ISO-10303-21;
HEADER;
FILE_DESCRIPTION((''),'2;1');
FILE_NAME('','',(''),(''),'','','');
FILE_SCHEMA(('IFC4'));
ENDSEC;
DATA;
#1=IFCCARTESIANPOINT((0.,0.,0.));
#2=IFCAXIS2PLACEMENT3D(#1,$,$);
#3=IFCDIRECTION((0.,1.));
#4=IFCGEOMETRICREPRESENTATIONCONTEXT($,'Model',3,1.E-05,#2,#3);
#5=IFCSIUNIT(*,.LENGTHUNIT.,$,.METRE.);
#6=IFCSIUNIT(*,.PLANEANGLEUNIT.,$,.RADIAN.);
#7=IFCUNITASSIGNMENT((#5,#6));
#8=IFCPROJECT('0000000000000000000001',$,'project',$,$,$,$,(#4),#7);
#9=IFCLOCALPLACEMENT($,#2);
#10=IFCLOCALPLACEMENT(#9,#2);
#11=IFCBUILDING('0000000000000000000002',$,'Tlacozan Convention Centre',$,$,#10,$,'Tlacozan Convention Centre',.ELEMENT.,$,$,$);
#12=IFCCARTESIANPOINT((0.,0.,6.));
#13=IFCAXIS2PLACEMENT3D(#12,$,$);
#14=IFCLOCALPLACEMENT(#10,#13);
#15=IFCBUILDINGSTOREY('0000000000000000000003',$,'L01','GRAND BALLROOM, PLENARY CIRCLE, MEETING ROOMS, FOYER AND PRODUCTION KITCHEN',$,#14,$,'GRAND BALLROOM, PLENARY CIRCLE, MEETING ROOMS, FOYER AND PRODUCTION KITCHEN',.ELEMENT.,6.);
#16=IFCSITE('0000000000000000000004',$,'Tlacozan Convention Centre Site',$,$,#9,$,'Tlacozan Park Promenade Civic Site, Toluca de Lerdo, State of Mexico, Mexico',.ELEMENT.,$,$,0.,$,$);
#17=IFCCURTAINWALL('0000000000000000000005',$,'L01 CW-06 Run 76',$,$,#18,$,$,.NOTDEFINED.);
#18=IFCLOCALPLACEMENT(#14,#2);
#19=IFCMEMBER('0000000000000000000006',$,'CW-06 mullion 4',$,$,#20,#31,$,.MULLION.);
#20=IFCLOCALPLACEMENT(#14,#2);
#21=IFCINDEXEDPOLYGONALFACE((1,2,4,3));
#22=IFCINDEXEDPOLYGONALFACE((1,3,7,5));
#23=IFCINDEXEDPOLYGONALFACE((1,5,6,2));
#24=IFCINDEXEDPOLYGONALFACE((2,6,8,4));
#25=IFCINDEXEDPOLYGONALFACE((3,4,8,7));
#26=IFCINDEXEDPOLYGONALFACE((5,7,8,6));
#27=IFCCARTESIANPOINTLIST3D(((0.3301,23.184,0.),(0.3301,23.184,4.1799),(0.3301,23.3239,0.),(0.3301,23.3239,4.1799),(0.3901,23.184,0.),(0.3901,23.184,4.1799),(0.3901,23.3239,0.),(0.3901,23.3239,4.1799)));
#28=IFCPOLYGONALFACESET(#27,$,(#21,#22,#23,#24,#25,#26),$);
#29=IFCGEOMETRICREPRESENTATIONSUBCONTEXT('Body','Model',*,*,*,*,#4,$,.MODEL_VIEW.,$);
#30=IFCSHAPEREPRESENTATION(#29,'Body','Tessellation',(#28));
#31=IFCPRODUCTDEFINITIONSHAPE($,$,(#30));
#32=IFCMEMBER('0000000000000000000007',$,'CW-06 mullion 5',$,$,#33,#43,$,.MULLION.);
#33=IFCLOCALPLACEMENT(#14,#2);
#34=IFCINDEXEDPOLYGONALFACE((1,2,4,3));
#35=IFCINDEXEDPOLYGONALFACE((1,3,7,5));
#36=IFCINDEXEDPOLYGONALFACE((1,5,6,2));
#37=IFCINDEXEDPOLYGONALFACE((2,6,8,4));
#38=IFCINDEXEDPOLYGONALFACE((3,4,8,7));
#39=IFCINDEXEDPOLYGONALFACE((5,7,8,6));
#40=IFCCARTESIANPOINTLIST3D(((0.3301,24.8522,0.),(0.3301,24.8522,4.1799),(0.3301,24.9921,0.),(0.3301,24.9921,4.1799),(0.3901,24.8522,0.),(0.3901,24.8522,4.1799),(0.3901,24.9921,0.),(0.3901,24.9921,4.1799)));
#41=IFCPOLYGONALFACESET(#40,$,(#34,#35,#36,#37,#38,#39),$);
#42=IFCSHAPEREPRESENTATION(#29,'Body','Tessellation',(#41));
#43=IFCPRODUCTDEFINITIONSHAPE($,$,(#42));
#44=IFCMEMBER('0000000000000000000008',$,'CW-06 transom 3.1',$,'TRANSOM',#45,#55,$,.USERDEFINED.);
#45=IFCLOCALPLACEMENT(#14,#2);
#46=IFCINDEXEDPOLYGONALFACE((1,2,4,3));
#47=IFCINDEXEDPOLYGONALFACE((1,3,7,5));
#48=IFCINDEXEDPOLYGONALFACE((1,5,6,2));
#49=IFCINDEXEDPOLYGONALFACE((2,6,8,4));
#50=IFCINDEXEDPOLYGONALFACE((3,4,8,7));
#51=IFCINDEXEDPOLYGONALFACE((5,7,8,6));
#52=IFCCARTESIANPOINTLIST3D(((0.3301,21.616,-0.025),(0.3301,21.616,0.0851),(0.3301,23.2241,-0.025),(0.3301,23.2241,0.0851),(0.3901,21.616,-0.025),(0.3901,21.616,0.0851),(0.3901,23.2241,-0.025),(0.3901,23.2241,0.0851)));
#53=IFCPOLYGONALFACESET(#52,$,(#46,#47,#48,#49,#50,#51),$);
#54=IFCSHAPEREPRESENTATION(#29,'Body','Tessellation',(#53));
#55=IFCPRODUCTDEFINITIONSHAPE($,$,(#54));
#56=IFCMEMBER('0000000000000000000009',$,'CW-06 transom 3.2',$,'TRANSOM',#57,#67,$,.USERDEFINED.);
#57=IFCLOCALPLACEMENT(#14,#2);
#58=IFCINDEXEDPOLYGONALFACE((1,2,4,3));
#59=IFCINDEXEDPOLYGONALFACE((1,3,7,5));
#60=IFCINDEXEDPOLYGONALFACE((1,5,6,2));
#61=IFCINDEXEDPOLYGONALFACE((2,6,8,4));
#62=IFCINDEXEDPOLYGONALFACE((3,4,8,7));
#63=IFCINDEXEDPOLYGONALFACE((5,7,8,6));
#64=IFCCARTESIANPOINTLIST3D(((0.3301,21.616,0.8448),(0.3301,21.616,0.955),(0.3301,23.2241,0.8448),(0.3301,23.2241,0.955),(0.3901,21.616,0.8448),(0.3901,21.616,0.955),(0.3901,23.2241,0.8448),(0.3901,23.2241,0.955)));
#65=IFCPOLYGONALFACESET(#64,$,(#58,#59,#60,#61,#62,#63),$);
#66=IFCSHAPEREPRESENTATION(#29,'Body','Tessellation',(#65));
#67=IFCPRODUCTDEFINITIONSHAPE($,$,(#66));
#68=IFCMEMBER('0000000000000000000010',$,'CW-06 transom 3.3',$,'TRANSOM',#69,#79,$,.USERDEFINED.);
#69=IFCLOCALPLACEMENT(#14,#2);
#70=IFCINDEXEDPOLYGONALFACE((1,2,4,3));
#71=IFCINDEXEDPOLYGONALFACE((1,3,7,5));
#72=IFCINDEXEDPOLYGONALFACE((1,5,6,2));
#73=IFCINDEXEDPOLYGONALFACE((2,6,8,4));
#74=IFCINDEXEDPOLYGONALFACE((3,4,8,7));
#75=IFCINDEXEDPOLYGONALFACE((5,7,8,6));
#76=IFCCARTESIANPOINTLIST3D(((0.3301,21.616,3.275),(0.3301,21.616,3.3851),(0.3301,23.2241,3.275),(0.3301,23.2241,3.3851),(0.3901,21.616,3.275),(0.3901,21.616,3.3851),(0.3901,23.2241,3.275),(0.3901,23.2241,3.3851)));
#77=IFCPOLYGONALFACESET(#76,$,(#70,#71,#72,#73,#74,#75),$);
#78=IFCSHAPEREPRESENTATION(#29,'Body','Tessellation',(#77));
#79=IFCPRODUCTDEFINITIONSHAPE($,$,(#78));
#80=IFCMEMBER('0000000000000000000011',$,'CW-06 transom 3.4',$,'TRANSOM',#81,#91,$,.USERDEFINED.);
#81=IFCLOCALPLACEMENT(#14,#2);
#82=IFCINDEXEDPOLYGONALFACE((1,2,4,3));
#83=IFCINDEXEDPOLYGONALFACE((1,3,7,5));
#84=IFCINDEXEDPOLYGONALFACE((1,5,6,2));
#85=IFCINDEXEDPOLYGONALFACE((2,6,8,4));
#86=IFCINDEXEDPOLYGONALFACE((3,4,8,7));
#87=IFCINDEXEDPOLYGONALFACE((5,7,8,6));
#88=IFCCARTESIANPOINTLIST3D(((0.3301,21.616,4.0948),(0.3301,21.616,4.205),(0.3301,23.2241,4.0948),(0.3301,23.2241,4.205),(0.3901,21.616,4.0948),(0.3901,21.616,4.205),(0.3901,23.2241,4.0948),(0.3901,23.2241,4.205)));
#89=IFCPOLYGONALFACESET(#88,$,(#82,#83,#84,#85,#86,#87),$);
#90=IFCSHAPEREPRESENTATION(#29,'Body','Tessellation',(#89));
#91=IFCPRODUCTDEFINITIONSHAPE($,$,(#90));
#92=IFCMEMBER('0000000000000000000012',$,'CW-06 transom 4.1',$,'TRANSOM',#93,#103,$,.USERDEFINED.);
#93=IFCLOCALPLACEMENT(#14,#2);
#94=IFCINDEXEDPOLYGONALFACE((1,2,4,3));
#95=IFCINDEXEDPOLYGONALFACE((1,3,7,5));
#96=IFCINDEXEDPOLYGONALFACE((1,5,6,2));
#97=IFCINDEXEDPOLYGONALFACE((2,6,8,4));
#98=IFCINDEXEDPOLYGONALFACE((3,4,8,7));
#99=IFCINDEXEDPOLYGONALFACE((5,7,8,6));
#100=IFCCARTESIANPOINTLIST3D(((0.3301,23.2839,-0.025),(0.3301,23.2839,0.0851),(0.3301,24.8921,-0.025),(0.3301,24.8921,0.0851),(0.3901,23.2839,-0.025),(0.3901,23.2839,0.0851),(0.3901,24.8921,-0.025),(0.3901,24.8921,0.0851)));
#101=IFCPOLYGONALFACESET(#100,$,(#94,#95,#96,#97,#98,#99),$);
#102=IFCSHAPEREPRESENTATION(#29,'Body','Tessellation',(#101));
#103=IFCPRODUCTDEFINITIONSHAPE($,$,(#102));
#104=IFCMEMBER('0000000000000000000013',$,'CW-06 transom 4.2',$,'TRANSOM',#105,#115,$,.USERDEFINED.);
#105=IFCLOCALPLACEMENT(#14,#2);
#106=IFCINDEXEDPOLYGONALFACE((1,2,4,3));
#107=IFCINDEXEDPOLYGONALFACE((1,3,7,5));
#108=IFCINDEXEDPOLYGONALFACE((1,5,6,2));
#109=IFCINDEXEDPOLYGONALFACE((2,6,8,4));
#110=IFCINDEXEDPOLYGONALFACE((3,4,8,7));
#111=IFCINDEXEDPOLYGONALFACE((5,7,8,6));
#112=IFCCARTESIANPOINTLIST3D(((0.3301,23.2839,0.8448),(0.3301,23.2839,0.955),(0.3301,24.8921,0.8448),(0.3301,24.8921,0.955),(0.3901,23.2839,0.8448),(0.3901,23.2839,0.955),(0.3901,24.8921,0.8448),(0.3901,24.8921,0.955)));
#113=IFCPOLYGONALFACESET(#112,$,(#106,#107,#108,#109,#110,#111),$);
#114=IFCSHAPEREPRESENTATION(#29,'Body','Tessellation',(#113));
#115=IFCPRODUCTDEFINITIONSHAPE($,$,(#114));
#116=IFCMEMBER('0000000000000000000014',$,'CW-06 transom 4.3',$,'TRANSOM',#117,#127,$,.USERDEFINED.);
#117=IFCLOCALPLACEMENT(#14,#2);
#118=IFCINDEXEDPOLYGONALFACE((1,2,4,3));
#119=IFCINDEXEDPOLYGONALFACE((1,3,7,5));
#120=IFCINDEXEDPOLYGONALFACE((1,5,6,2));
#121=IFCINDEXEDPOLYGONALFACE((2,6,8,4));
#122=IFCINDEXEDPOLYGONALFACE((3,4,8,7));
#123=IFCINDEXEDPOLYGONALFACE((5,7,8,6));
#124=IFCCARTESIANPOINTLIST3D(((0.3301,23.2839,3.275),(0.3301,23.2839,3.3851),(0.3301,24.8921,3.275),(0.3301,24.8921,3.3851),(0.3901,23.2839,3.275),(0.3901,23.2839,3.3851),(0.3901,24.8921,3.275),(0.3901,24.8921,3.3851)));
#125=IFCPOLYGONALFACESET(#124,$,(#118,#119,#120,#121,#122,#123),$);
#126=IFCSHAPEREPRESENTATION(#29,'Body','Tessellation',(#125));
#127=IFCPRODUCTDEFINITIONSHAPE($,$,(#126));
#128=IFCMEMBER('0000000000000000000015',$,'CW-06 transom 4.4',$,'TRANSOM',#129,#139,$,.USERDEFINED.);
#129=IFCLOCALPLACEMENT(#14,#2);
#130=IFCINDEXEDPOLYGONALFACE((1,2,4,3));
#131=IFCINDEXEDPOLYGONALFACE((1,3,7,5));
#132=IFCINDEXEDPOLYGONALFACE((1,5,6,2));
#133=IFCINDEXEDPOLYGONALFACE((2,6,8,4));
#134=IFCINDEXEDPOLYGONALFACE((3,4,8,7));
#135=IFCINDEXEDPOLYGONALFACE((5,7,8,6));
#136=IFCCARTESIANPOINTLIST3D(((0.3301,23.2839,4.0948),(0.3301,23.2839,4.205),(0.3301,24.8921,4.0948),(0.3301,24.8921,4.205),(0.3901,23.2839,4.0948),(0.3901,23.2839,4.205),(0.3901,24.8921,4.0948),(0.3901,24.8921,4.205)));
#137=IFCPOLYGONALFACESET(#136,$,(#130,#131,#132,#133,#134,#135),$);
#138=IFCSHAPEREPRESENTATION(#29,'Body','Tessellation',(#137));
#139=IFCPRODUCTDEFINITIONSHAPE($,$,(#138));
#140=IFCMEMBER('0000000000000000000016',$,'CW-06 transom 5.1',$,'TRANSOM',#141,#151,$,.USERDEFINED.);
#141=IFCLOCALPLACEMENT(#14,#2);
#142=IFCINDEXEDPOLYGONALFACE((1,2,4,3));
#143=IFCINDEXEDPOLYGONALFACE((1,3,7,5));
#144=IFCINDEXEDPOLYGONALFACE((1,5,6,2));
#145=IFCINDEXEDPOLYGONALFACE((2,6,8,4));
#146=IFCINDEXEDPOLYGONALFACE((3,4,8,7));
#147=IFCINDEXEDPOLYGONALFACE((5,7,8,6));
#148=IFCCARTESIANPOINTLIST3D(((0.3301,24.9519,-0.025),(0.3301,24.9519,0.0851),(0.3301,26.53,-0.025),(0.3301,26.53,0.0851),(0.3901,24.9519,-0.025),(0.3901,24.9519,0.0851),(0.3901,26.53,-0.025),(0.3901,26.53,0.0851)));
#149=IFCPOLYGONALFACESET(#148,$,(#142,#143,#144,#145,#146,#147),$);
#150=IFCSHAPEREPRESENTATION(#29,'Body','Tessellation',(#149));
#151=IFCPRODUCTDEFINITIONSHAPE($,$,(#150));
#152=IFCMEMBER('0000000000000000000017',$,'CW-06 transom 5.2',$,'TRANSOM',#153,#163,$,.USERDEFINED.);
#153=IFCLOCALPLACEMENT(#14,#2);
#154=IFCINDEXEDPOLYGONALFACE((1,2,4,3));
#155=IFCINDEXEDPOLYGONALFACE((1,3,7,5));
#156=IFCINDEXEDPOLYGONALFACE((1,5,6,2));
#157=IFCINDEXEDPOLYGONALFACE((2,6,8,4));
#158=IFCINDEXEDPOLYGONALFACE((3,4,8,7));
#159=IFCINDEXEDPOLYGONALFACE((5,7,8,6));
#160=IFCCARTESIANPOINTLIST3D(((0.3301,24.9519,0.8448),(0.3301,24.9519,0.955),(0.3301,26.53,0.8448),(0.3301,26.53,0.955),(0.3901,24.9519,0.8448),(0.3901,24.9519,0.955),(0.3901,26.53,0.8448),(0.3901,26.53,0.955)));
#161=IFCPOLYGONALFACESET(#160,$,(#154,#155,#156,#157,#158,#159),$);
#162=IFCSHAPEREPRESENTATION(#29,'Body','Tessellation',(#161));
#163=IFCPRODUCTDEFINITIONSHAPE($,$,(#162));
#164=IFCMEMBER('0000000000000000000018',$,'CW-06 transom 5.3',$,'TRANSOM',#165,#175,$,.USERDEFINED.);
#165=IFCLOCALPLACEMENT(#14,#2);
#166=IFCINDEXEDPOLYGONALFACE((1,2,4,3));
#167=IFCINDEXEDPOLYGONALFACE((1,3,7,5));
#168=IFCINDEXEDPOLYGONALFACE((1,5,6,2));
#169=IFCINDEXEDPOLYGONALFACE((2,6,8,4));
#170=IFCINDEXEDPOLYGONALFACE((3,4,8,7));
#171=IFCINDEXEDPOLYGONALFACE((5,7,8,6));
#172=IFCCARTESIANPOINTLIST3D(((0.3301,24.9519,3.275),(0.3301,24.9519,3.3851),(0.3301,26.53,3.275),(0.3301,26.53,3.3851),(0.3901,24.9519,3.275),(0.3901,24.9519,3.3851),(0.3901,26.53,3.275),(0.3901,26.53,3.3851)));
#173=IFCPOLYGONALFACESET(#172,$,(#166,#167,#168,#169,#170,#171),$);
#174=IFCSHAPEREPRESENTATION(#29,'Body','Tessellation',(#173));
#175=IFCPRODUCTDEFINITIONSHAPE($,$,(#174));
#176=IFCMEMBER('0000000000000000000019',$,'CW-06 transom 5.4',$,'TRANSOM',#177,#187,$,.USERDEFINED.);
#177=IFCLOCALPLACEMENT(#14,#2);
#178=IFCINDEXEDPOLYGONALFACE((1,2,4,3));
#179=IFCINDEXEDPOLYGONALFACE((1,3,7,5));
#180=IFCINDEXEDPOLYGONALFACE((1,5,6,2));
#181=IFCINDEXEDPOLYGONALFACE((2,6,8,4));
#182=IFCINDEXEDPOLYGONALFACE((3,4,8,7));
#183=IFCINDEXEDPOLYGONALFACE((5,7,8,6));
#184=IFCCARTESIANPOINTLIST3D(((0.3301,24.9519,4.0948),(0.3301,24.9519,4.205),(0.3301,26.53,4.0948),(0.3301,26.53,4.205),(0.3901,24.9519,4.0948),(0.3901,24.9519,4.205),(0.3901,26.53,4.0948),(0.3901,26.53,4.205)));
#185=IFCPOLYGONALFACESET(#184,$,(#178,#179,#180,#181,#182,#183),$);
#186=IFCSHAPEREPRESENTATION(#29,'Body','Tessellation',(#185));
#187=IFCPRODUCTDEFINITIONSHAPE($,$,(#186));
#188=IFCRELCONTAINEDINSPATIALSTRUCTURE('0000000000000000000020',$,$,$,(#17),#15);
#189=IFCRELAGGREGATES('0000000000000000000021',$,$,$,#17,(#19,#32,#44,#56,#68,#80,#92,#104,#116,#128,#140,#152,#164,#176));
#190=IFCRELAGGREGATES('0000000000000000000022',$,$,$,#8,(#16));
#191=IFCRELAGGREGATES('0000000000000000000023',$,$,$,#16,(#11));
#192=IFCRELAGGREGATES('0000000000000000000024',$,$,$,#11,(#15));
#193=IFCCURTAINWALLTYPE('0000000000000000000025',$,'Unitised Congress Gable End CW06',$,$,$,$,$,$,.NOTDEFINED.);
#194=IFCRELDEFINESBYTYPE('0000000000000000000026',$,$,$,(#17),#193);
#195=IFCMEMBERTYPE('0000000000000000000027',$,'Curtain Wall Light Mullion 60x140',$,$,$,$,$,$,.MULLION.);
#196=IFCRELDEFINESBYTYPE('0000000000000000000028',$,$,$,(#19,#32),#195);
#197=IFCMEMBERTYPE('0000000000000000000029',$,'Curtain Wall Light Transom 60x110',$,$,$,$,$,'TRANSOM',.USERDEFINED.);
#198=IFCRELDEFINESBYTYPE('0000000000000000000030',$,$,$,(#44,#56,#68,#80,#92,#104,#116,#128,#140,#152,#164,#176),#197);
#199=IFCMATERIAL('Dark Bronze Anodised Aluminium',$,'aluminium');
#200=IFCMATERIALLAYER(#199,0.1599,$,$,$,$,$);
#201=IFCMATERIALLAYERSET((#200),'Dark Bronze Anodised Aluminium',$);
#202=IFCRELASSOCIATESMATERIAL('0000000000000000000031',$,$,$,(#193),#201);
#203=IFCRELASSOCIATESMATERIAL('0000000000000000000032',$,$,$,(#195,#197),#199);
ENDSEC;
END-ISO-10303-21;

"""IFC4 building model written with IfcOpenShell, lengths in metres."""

from ifc_helpers import new_model, si_unit, direction, frame, origin, origin_2d, place, context, subcontext, project, spatial, rectangle, extrude, material, layer, layer_set, material_profile, profile_set, type_object, element, aggregate, save


model = new_model("IFC4")

# Units and contexts
model_context = context("Model", 3, precision=1e-05, world=origin(), true_north=direction((0.0, 1.0)))
body_context = subcontext(model_context, "Body", "Model", "MODEL_VIEW")
ifc_project = project(units=[si_unit("LENGTHUNIT", "METRE"), si_unit("PLANEANGLEUNIT", "RADIAN")], contexts=[model_context])

# Site, building, storey
site_placement = place(None, origin())
site = spatial("IfcSite", under=ifc_project, at=site_placement, Name="Tlacozan Convention Centre Site", LongName="Tlacozan Park Promenade Civic Site, Toluca de Lerdo, State of Mexico, Mexico", CompositionType="ELEMENT", RefElevation=0.0)
building_placement = place(site_placement, origin())
building = spatial("IfcBuilding", under=site, at=building_placement, Name="Tlacozan Convention Centre", LongName="Tlacozan Convention Centre", CompositionType="ELEMENT")
storey_placement = place(building_placement, frame((0.0, 0.0, 6.0)))
storey = spatial("IfcBuildingStorey", under=building, at=storey_placement, Name="L01", Description="GRAND BALLROOM, PLENARY CIRCLE, MEETING ROOMS, FOYER AND PRODUCTION KITCHEN", LongName="GRAND BALLROOM, PLENARY CIRCLE, MEETING ROOMS, FOYER AND PRODUCTION KITCHEN", CompositionType="ELEMENT", Elevation=6.0)

# Curtain wall, members
ifc_material_1 = material(Name="Dark Bronze Anodised Aluminium", Category="aluminium")
ifc_layer_1 = layer(ifc_material_1, 0.1599)
ifc_layer_set_1 = layer_set([ifc_layer_1], Name="Dark Bronze Anodised Aluminium")
curtain_wall_type = type_object("IfcCurtainWallType", Name="Unitised Congress Gable End CW06", PredefinedType="NOTDEFINED", material=ifc_layer_set_1)
curtain_wall_placement = place(storey_placement, origin())
curtain_wall = element("IfcCurtainWall", 1, at=curtain_wall_placement, inside=storey, type_object=curtain_wall_type, Name="L01 CW-06 Run 76", PredefinedType="NOTDEFINED")
ifc_material_profile_1 = material_profile(ifc_material_1, rectangle(XDim=0.0601, YDim=0.1399, at=origin_2d()), Name="ALU 60x140")
ifc_profile_set_1 = profile_set([ifc_material_profile_1], Name="Dark Bronze Anodised Aluminium")
member_type_1 = type_object("IfcMemberType", Name="Curtain Wall Light Mullion 60x140", PredefinedType="MULLION", material=ifc_profile_set_1)
member_1_placement = place(storey_placement, frame((0.3601, 23.2539, 0.0), z_axis=(0.0, 0.0, 1.0), x_axis=(-1.0, 0.0, 0.0)))
member_1 = element("IfcMember", 2, at=member_1_placement, type_object=member_type_1, Name="CW-06 mullion 4", PredefinedType="MULLION", context=body_context, shape_type="SweptSolid", body=[
    extrude(rectangle(XDim=0.0601, YDim=0.1399, at=origin_2d()), origin(), (0.0, 0.0, 1.0), 4.1799),
])
member_2_placement = place(storey_placement, frame((0.3601, 24.9221, 0.0), z_axis=(0.0, 0.0, 1.0), x_axis=(-1.0, 0.0, 0.0)))
member_2 = element("IfcMember", 3, at=member_2_placement, type_object=member_type_1, Name="CW-06 mullion 5", PredefinedType="MULLION", context=body_context, shape_type="SweptSolid", body=[
    extrude(rectangle(XDim=0.0601, YDim=0.1399, at=origin_2d()), origin(), (0.0, 0.0, 1.0), 4.1799),
])
ifc_material_profile_2 = material_profile(ifc_material_1, rectangle(XDim=0.0601, YDim=0.1101, at=origin_2d()), Name="ALU 60x110")
ifc_profile_set_2 = profile_set([ifc_material_profile_2], Name="Dark Bronze Anodised Aluminium")
member_type_2 = type_object("IfcMemberType", Name="Curtain Wall Light Transom 60x110", ElementType="TRANSOM", PredefinedType="USERDEFINED", material=ifc_profile_set_2)
member_3_placement = place(storey_placement, frame((0.3601, 21.616, 0.03), z_axis=(0.0, 1.0, 0.0), x_axis=(-1.0, 0.0, 0.0)))
member_3 = element("IfcMember", 4, at=member_3_placement, type_object=member_type_2, Name="CW-06 transom 3.1", ObjectType="TRANSOM", PredefinedType="USERDEFINED", context=body_context, shape_type="SweptSolid", body=[
    extrude(rectangle(XDim=0.0601, YDim=0.1101, at=origin_2d()), origin(), (0.0, 0.0, 1.0), 1.6082),
])
member_4_placement = place(storey_placement, frame((0.3601, 21.616, 0.8999), z_axis=(0.0, 1.0, 0.0), x_axis=(-1.0, 0.0, 0.0)))
member_4 = element("IfcMember", 5, at=member_4_placement, type_object=member_type_2, Name="CW-06 transom 3.2", ObjectType="TRANSOM", PredefinedType="USERDEFINED", context=body_context, shape_type="SweptSolid", body=[
    extrude(rectangle(XDim=0.0601, YDim=0.1101, at=origin_2d()), origin(), (0.0, 0.0, 1.0), 1.6082),
])
member_5_placement = place(storey_placement, frame((0.3601, 21.616, 3.3301), z_axis=(0.0, 1.0, 0.0), x_axis=(-1.0, 0.0, 0.0)))
member_5 = element("IfcMember", 6, at=member_5_placement, type_object=member_type_2, Name="CW-06 transom 3.3", ObjectType="TRANSOM", PredefinedType="USERDEFINED", context=body_context, shape_type="SweptSolid", body=[
    extrude(rectangle(XDim=0.0601, YDim=0.1101, at=origin_2d()), origin(), (0.0, 0.0, 1.0), 1.6082),
])
member_6_placement = place(storey_placement, frame((0.3601, 21.616, 4.1499), z_axis=(0.0, 1.0, 0.0), x_axis=(-1.0, 0.0, 0.0)))
member_6 = element("IfcMember", 7, at=member_6_placement, type_object=member_type_2, Name="CW-06 transom 3.4", ObjectType="TRANSOM", PredefinedType="USERDEFINED", context=body_context, shape_type="SweptSolid", body=[
    extrude(rectangle(XDim=0.0601, YDim=0.1101, at=origin_2d()), origin(), (0.0, 0.0, 1.0), 1.6082),
])
member_7_placement = place(storey_placement, frame((0.3601, 23.2839, 0.03), z_axis=(0.0, 1.0, 0.0), x_axis=(-1.0, 0.0, 0.0)))
member_7 = element("IfcMember", 8, at=member_7_placement, type_object=member_type_2, Name="CW-06 transom 4.1", ObjectType="TRANSOM", PredefinedType="USERDEFINED", context=body_context, shape_type="SweptSolid", body=[
    extrude(rectangle(XDim=0.0601, YDim=0.1101, at=origin_2d()), origin(), (0.0, 0.0, 1.0), 1.6082),
])
member_8_placement = place(storey_placement, frame((0.3601, 23.2839, 0.8999), z_axis=(0.0, 1.0, 0.0), x_axis=(-1.0, 0.0, 0.0)))
member_8 = element("IfcMember", 9, at=member_8_placement, type_object=member_type_2, Name="CW-06 transom 4.2", ObjectType="TRANSOM", PredefinedType="USERDEFINED", context=body_context, shape_type="SweptSolid", body=[
    extrude(rectangle(XDim=0.0601, YDim=0.1101, at=origin_2d()), origin(), (0.0, 0.0, 1.0), 1.6082),
])
member_9_placement = place(storey_placement, frame((0.3601, 23.2839, 3.3301), z_axis=(0.0, 1.0, 0.0), x_axis=(-1.0, 0.0, 0.0)))
member_9 = element("IfcMember", 10, at=member_9_placement, type_object=member_type_2, Name="CW-06 transom 4.3", ObjectType="TRANSOM", PredefinedType="USERDEFINED", context=body_context, shape_type="SweptSolid", body=[
    extrude(rectangle(XDim=0.0601, YDim=0.1101, at=origin_2d()), origin(), (0.0, 0.0, 1.0), 1.6082),
])
member_10_placement = place(storey_placement, frame((0.3601, 23.2839, 4.1499), z_axis=(0.0, 1.0, 0.0), x_axis=(-1.0, 0.0, 0.0)))
member_10 = element("IfcMember", 11, at=member_10_placement, type_object=member_type_2, Name="CW-06 transom 4.4", ObjectType="TRANSOM", PredefinedType="USERDEFINED", context=body_context, shape_type="SweptSolid", body=[
    extrude(rectangle(XDim=0.0601, YDim=0.1101, at=origin_2d()), origin(), (0.0, 0.0, 1.0), 1.6082),
])
member_11_placement = place(storey_placement, frame((0.3601, 24.9519, 0.03), z_axis=(0.0, 1.0, 0.0), x_axis=(-1.0, 0.0, 0.0)))
member_11 = element("IfcMember", 12, at=member_11_placement, type_object=member_type_2, Name="CW-06 transom 5.1", ObjectType="TRANSOM", PredefinedType="USERDEFINED", context=body_context, shape_type="SweptSolid", body=[
    extrude(rectangle(XDim=0.0601, YDim=0.1101, at=origin_2d()), origin(), (0.0, 0.0, 1.0), 1.5781),
])
member_12_placement = place(storey_placement, frame((0.3601, 24.9519, 0.8999), z_axis=(0.0, 1.0, 0.0), x_axis=(-1.0, 0.0, 0.0)))
member_12 = element("IfcMember", 13, at=member_12_placement, type_object=member_type_2, Name="CW-06 transom 5.2", ObjectType="TRANSOM", PredefinedType="USERDEFINED", context=body_context, shape_type="SweptSolid", body=[
    extrude(rectangle(XDim=0.0601, YDim=0.1101, at=origin_2d()), origin(), (0.0, 0.0, 1.0), 1.5781),
])
member_13_placement = place(storey_placement, frame((0.3601, 24.9519, 3.3301), z_axis=(0.0, 1.0, 0.0), x_axis=(-1.0, 0.0, 0.0)))
member_13 = element("IfcMember", 14, at=member_13_placement, type_object=member_type_2, Name="CW-06 transom 5.3", ObjectType="TRANSOM", PredefinedType="USERDEFINED", context=body_context, shape_type="SweptSolid", body=[
    extrude(rectangle(XDim=0.0601, YDim=0.1101, at=origin_2d()), origin(), (0.0, 0.0, 1.0), 1.5781),
])
member_14_placement = place(storey_placement, frame((0.3601, 24.9519, 4.1499), z_axis=(0.0, 1.0, 0.0), x_axis=(-1.0, 0.0, 0.0)))
member_14 = element("IfcMember", 15, at=member_14_placement, type_object=member_type_2, Name="CW-06 transom 5.4", ObjectType="TRANSOM", PredefinedType="USERDEFINED", context=body_context, shape_type="SweptSolid", body=[
    extrude(rectangle(XDim=0.0601, YDim=0.1101, at=origin_2d()), origin(), (0.0, 0.0, 1.0), 1.5781),
])

aggregate(curtain_wall, [member_1, member_2, member_3, member_4, member_5, member_6, member_7, member_8, member_9, member_10, member_11, member_12, member_13, member_14])

save(model, "model.ifc")
